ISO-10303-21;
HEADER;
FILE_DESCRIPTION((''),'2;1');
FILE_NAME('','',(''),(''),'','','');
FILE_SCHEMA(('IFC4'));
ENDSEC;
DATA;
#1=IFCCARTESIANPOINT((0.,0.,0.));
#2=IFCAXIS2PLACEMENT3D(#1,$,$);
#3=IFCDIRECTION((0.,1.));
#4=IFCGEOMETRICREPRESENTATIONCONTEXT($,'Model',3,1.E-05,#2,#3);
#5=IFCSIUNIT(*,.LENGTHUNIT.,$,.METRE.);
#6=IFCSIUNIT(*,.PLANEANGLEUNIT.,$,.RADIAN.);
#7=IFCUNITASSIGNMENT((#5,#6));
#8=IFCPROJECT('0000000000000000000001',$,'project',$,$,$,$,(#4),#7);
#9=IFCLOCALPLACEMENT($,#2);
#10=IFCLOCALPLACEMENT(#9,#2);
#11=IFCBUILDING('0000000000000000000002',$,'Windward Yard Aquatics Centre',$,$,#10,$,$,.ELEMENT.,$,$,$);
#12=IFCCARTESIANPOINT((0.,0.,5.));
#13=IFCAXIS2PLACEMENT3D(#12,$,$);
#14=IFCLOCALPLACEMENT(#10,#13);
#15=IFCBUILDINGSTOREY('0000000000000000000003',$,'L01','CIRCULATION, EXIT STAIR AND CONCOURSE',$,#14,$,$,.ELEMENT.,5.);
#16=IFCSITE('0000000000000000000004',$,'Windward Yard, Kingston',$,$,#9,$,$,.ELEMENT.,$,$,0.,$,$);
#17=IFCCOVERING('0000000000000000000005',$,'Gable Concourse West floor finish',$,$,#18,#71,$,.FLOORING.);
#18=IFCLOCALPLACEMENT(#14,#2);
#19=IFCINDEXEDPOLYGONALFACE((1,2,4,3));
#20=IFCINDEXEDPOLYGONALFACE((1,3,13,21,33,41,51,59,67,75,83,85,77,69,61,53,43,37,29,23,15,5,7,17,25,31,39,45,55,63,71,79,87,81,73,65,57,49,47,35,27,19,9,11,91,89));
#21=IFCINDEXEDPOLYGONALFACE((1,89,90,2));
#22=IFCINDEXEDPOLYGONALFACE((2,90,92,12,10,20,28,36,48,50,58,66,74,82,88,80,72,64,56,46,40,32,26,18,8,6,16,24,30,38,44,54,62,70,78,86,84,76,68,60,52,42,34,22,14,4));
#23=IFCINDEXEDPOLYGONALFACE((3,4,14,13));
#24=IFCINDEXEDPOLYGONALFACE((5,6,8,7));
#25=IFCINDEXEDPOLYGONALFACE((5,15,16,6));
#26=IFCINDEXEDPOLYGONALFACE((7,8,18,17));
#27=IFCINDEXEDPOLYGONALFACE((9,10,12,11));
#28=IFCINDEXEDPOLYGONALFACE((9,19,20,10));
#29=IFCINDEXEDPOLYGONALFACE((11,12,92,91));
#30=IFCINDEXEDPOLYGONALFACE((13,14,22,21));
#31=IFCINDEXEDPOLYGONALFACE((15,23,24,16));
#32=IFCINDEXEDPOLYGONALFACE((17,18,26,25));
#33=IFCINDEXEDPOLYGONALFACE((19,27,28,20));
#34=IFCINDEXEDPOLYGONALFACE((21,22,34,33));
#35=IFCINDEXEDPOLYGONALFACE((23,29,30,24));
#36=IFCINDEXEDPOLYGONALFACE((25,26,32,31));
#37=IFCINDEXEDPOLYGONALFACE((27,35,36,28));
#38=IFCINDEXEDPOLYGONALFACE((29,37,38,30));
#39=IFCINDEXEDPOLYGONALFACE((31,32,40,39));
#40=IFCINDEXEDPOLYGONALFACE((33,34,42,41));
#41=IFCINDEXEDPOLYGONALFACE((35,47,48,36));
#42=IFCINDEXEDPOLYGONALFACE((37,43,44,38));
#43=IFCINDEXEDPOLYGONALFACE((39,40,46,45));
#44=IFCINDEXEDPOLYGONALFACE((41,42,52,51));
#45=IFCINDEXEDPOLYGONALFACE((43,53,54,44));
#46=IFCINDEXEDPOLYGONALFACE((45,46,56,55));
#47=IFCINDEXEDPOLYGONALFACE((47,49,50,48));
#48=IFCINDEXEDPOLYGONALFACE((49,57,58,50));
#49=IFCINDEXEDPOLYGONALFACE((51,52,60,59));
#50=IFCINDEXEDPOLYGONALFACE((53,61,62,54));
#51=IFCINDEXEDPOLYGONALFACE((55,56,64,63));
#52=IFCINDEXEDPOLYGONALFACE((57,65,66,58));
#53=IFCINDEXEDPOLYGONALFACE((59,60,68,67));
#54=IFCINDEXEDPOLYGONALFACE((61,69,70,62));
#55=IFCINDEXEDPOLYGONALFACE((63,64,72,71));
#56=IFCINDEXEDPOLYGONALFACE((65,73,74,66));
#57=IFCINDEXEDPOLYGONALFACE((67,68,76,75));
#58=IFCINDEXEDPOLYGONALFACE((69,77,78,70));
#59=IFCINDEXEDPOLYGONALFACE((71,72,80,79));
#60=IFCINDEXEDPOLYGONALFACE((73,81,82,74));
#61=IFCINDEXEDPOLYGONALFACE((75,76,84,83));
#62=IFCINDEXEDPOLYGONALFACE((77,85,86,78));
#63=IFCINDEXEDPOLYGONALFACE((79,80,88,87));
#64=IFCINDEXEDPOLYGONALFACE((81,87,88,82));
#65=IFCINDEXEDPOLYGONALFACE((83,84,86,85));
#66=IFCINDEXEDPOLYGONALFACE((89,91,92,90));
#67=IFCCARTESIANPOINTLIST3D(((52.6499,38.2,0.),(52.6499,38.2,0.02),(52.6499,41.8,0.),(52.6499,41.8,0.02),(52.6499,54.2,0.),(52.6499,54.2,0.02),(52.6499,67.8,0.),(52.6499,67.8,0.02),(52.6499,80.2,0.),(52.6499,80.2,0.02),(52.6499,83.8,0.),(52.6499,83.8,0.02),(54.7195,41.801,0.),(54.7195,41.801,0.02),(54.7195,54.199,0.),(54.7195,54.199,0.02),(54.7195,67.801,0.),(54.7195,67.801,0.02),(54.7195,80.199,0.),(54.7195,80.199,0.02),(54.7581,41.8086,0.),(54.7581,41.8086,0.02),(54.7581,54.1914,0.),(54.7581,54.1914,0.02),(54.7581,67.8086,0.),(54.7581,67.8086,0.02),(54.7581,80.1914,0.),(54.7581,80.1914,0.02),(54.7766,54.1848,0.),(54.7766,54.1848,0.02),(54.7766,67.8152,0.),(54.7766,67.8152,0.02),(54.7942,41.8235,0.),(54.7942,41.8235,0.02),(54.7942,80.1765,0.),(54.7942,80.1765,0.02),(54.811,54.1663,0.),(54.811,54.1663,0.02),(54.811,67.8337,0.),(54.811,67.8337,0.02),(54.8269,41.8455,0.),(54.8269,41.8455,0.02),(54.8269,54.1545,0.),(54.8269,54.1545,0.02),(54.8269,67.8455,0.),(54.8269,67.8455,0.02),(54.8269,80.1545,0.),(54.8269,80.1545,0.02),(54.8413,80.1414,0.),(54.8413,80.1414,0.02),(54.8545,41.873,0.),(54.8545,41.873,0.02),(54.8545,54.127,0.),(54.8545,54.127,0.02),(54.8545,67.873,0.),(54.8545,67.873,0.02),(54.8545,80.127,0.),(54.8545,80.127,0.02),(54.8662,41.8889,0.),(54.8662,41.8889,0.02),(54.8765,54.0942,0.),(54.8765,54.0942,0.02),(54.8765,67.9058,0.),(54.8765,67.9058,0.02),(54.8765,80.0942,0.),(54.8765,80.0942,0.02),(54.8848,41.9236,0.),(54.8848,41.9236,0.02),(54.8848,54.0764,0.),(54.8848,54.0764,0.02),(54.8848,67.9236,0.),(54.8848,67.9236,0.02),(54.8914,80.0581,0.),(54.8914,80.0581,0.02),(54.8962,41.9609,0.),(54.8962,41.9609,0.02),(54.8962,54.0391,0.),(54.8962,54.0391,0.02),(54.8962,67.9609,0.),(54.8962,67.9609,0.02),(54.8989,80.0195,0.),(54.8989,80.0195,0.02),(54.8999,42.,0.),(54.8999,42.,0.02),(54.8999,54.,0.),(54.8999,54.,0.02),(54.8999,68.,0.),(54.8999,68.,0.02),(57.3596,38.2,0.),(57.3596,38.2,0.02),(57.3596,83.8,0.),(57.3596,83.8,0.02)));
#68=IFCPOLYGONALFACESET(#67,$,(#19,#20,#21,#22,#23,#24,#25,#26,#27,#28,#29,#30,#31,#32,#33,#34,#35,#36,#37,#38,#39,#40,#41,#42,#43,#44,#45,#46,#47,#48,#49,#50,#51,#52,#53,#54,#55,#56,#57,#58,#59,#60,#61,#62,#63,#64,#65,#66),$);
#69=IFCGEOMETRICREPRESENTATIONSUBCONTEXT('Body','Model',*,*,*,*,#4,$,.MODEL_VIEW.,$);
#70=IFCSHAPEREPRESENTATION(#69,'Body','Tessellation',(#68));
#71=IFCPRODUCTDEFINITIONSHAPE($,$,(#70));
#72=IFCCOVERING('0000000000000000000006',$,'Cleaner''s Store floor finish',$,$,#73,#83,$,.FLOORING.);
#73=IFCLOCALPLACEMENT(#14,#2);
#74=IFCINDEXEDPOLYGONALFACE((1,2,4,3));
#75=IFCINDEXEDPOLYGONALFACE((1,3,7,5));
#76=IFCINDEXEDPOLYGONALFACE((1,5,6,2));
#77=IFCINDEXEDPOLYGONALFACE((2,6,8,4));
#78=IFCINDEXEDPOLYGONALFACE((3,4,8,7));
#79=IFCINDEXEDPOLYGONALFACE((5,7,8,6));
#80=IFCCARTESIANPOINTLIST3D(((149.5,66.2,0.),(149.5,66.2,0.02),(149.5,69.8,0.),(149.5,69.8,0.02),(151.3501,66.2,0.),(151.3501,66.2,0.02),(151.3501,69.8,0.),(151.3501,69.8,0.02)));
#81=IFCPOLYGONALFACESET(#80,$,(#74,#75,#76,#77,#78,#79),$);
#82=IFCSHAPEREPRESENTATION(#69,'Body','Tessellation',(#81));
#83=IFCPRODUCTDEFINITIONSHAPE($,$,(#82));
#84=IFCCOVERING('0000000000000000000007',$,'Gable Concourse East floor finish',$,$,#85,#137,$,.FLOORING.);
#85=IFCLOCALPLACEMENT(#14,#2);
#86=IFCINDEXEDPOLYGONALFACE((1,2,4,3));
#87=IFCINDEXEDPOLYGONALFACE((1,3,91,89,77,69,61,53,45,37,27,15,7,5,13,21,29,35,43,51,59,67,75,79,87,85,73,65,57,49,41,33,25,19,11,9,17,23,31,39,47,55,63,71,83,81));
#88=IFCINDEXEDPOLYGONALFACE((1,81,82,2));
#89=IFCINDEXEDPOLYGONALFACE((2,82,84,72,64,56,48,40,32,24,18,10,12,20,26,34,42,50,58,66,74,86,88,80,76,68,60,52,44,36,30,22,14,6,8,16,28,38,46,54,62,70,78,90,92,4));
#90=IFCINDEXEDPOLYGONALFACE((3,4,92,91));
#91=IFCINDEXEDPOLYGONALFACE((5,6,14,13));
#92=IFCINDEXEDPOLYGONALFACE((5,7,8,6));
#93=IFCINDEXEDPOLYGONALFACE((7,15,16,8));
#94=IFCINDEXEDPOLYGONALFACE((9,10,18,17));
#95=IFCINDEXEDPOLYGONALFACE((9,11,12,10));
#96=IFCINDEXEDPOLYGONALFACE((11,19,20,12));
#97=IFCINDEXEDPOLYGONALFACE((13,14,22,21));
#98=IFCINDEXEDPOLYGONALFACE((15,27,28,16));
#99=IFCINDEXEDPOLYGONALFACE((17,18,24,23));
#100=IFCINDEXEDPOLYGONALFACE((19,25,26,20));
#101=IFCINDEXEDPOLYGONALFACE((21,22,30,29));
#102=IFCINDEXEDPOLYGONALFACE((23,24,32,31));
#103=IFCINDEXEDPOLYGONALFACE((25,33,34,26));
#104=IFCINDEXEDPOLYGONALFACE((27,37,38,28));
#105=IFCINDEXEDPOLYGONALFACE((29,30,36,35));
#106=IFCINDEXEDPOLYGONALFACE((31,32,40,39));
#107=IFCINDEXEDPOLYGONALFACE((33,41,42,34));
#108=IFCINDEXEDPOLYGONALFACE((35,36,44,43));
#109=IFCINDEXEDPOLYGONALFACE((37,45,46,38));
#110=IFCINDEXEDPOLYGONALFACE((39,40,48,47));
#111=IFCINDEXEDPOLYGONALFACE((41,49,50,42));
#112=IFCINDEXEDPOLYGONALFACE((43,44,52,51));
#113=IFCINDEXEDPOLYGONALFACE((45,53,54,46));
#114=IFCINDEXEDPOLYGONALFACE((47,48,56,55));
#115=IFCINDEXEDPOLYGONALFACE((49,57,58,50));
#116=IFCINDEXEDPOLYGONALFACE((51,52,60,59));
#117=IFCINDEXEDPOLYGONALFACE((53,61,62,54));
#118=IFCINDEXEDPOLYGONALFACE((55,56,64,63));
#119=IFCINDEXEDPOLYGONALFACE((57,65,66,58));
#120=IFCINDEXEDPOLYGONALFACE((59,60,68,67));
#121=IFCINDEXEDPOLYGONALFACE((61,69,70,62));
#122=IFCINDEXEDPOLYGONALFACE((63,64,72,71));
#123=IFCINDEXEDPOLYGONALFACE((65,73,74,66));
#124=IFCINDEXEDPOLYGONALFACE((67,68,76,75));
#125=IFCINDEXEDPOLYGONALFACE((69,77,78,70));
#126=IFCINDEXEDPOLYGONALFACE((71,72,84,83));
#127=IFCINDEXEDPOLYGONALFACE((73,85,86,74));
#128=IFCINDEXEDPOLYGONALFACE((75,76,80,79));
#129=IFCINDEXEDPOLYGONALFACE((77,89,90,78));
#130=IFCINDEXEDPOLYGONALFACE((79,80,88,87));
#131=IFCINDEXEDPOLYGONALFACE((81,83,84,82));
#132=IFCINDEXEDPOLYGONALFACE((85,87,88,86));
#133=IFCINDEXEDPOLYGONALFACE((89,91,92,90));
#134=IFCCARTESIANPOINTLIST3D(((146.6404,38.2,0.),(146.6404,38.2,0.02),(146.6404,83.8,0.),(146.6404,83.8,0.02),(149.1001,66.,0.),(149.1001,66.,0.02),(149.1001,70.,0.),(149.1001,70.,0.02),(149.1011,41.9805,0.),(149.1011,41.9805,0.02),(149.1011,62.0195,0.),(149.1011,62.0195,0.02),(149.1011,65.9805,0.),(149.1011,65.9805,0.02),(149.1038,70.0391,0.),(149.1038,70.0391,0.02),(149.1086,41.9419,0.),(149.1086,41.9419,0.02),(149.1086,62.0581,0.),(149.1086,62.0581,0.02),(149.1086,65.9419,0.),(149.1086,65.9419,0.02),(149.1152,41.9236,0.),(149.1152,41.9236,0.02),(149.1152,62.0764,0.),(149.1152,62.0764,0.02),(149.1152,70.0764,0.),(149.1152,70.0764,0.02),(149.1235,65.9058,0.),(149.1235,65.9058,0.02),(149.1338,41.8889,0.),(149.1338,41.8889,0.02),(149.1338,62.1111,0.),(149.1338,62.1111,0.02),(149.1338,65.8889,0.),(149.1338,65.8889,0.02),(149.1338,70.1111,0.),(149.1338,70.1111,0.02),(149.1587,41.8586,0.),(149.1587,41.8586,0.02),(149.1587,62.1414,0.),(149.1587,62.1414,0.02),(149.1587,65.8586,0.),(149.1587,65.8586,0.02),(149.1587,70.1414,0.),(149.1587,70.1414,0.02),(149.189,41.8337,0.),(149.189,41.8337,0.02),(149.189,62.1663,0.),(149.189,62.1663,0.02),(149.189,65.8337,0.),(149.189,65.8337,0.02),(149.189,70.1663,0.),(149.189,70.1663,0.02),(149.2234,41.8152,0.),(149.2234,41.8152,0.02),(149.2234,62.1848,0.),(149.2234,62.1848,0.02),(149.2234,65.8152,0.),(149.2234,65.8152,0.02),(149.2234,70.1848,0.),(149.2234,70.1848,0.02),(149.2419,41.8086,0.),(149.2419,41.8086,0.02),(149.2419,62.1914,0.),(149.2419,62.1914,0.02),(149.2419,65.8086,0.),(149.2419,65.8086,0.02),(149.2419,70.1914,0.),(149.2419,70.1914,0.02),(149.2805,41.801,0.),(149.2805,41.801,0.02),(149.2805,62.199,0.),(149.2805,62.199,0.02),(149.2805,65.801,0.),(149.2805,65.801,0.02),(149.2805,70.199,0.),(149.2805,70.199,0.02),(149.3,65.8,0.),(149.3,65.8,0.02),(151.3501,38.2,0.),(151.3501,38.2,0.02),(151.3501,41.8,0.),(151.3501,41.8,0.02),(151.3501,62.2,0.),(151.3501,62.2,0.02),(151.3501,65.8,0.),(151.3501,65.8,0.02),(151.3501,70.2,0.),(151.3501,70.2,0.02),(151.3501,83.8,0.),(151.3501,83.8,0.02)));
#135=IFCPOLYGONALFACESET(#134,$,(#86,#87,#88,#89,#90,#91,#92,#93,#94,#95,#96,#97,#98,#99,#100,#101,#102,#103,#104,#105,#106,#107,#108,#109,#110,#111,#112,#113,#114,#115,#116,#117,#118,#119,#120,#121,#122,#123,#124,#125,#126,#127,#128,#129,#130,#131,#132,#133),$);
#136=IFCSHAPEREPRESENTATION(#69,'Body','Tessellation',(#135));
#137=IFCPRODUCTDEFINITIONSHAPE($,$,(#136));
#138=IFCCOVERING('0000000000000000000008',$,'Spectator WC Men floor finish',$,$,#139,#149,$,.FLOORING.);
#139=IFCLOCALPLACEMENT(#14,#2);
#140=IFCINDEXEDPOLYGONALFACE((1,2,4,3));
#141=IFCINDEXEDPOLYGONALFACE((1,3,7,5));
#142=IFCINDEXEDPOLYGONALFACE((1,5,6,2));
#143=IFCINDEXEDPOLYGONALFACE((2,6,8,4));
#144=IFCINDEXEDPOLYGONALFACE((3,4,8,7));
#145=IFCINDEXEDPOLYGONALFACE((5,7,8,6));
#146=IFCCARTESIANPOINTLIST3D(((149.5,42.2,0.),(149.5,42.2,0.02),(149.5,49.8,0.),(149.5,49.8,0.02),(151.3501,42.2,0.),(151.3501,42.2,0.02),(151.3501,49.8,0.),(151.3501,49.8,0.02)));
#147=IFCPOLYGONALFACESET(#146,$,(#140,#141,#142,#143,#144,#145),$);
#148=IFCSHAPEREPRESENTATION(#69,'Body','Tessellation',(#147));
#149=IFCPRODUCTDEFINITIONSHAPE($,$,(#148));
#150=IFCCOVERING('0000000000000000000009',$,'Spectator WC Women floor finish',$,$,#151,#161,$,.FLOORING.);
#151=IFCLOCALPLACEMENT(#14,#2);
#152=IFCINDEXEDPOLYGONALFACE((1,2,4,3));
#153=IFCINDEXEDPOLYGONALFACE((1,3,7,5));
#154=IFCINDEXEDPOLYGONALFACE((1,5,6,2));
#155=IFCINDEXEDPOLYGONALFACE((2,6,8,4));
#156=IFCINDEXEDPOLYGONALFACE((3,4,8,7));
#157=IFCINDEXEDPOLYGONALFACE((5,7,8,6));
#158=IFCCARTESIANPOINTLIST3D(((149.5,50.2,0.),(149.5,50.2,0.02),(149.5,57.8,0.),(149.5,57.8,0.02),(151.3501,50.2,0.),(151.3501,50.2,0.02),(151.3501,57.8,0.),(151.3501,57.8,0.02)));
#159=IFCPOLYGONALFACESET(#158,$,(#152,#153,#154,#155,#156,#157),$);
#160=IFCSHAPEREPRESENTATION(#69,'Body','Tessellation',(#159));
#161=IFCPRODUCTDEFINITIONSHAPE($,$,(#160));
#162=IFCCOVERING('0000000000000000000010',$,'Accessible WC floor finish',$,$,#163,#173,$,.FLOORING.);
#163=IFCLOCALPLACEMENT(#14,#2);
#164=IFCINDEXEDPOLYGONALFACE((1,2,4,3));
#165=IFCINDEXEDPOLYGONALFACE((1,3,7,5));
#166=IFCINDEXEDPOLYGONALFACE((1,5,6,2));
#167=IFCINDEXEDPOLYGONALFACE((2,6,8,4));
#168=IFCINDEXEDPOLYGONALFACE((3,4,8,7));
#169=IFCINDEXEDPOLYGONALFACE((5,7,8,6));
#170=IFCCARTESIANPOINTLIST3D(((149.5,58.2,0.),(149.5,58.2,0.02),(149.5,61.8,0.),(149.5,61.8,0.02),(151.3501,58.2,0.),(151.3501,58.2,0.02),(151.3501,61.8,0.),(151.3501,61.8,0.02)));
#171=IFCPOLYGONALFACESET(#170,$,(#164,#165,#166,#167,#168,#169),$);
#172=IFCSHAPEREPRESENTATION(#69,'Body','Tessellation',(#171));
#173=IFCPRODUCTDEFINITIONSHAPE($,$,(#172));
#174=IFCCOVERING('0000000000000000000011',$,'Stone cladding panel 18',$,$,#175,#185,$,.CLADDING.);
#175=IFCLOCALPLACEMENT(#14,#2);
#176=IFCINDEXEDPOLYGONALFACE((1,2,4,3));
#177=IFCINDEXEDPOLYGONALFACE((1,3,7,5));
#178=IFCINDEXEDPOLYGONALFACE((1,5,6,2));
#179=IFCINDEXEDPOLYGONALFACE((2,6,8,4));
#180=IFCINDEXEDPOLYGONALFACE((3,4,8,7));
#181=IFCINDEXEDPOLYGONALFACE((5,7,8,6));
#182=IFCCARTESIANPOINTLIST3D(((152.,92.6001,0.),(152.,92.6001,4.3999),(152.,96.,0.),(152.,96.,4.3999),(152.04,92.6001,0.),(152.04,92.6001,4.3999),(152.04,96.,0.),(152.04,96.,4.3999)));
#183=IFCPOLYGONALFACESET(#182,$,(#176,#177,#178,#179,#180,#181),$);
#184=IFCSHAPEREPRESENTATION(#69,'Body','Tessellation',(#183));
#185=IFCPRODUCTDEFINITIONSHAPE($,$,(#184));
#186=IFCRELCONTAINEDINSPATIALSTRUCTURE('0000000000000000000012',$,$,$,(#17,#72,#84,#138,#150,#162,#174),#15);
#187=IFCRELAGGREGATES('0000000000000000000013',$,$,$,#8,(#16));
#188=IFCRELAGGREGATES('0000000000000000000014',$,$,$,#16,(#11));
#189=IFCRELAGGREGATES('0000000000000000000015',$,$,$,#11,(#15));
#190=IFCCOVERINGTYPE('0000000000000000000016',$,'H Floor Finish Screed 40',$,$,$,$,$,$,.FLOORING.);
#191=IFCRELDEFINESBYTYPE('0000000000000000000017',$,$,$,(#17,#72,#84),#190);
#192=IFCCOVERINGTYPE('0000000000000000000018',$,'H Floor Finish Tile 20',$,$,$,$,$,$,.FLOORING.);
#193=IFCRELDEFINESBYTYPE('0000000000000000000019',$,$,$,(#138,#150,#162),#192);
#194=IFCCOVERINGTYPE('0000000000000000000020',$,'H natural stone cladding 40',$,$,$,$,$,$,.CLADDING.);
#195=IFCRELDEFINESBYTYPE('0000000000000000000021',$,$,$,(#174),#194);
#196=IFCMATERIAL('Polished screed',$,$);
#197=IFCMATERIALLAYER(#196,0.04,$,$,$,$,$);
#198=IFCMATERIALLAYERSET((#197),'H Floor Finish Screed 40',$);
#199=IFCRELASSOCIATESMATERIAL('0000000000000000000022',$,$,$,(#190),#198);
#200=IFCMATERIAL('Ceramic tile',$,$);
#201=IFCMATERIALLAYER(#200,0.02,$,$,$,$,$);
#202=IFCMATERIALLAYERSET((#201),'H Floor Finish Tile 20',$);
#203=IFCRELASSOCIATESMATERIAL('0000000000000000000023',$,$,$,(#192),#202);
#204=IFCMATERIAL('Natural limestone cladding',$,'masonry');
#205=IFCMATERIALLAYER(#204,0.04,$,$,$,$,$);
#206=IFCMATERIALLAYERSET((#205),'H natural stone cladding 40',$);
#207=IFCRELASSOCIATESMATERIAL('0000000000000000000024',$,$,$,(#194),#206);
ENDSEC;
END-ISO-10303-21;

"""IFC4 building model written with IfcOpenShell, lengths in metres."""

from ifc_helpers import new_model, si_unit, direction, frame, origin, place, context, subcontext, project, spatial, polyline, outline, extrude, material, layer, layer_set, type_object, element, save


model = new_model("IFC4")

# Units and contexts
model_context = context("Model", 3, precision=1e-05, world=origin(), true_north=direction((0.0, 1.0)))
body_context = subcontext(model_context, "Body", "Model", "MODEL_VIEW")
ifc_project = project(units=[si_unit("LENGTHUNIT", "METRE"), si_unit("PLANEANGLEUNIT", "RADIAN")], contexts=[model_context])

# Site, building, storey
site_placement = place(None, origin())
site = spatial("IfcSite", under=ifc_project, at=site_placement, Name="Windward Yard, Kingston", CompositionType="ELEMENT", RefElevation=0.0)
building_placement = place(site_placement, origin())
building = spatial("IfcBuilding", under=site, at=building_placement, Name="Windward Yard Aquatics Centre", CompositionType="ELEMENT")
storey_placement = place(building_placement, frame((0.0, 0.0, 5.0)))
storey = spatial("IfcBuildingStorey", under=building, at=storey_placement, Name="L01", Description="CIRCULATION, EXIT STAIR AND CONCOURSE", CompositionType="ELEMENT", Elevation=5.0)

# Coverings
ifc_material_1 = material(Name="Polished screed")
ifc_layer_1 = layer(ifc_material_1, 0.04)
ifc_layer_set_1 = layer_set([ifc_layer_1], Name="H Floor Finish Screed 40")
covering_type_1 = type_object("IfcCoveringType", Name="H Floor Finish Screed 40", PredefinedType="FLOORING", material=ifc_layer_set_1)
covering_1_placement = place(storey_placement, origin())
element("IfcCovering", 1, at=covering_1_placement, inside=storey, type_object=covering_type_1, Name="Gable Concourse West floor finish", PredefinedType="FLOORING", context=body_context, shape_type="SweptSolid", body=[
    extrude(outline(polyline([(52.6499, 38.2), (52.6499, 41.8), (54.7195, 41.801), (54.7581, 41.8086), (54.7942, 41.8235), (54.8269, 41.8455), (54.8545, 41.873), (54.8662, 41.8889), (54.8848, 41.9236), (54.8962, 41.9609), (54.8999, 42.0), (54.8999, 54.0), (54.8962, 54.0391), (54.8848, 54.0764), (54.8765, 54.0942), (54.8545, 54.127), (54.8269, 54.1545), (54.811, 54.1663), (54.7766, 54.1848), (54.7581, 54.1914), (54.7195, 54.199), (52.6499, 54.2), (52.6499, 67.8), (54.7195, 67.801), (54.7581, 67.8086), (54.7766, 67.8152), (54.811, 67.8337), (54.8269, 67.8455), (54.8545, 67.873), (54.8765, 67.9058), (54.8848, 67.9236), (54.8962, 67.9609), (54.8999, 68.0), (54.8989, 80.0195), (54.8914, 80.0581), (54.8765, 80.0942), (54.8545, 80.127), (54.8413, 80.1414), (54.8269, 80.1545), (54.7942, 80.1765), (54.7581, 80.1914), (54.7195, 80.199), (52.6499, 80.2), (52.6499, 83.8), (57.3596, 83.8), (57.3596, 38.2), (52.6499, 38.2)])), origin(), (0.0, 0.0, 1.0), 0.02),
])
covering_2_placement = place(storey_placement, origin())
element("IfcCovering", 2, at=covering_2_placement, inside=storey, type_object=covering_type_1, Name="Cleaner's Store floor finish", PredefinedType="FLOORING", context=body_context, shape_type="SweptSolid", body=[
    extrude(outline(polyline([(149.5, 66.2), (149.5, 69.8), (151.3501, 69.8), (151.3501, 66.2), (149.5, 66.2)])), origin(), (0.0, 0.0, 1.0), 0.02),
])
covering_3_placement = place(storey_placement, origin())
element("IfcCovering", 3, at=covering_3_placement, inside=storey, type_object=covering_type_1, Name="Gable Concourse East floor finish", PredefinedType="FLOORING", context=body_context, shape_type="SweptSolid", body=[
    extrude(outline(polyline([(146.6404, 38.2), (146.6404, 83.8), (151.3501, 83.8), (151.3501, 70.2), (149.2805, 70.199), (149.2419, 70.1914), (149.2234, 70.1848), (149.189, 70.1663), (149.1587, 70.1414), (149.1338, 70.1111), (149.1152, 70.0764), (149.1038, 70.0391), (149.1001, 70.0), (149.1001, 66.0), (149.1011, 65.9805), (149.1086, 65.9419), (149.1235, 65.9058), (149.1338, 65.8889), (149.1587, 65.8586), (149.189, 65.8337), (149.2234, 65.8152), (149.2419, 65.8086), (149.2805, 65.801), (149.3, 65.8), (151.3501, 65.8), (151.3501, 62.2), (149.2805, 62.199), (149.2419, 62.1914), (149.2234, 62.1848), (149.189, 62.1663), (149.1587, 62.1414), (149.1338, 62.1111), (149.1152, 62.0764), (149.1086, 62.0581), (149.1011, 62.0195), (149.1011, 41.9805), (149.1086, 41.9419), (149.1152, 41.9236), (149.1338, 41.8889), (149.1587, 41.8586), (149.189, 41.8337), (149.2234, 41.8152), (149.2419, 41.8086), (149.2805, 41.801), (151.3501, 41.8), (151.3501, 38.2), (146.6404, 38.2)])), origin(), (0.0, 0.0, 1.0), 0.02),
])
ifc_material_2 = material(Name="Ceramic tile")
ifc_layer_2 = layer(ifc_material_2, 0.02)
ifc_layer_set_2 = layer_set([ifc_layer_2], Name="H Floor Finish Tile 20")
covering_type_2 = type_object("IfcCoveringType", Name="H Floor Finish Tile 20", PredefinedType="FLOORING", material=ifc_layer_set_2)
covering_4_placement = place(storey_placement, origin())
element("IfcCovering", 4, at=covering_4_placement, inside=storey, type_object=covering_type_2, Name="Spectator WC Men floor finish", PredefinedType="FLOORING", context=body_context, shape_type="SweptSolid", body=[
    extrude(outline(polyline([(149.5, 42.2), (149.5, 49.8), (151.3501, 49.8), (151.3501, 42.2), (149.5, 42.2)])), origin(), (0.0, 0.0, 1.0), 0.02),
])
covering_5_placement = place(storey_placement, origin())
element("IfcCovering", 5, at=covering_5_placement, inside=storey, type_object=covering_type_2, Name="Spectator WC Women floor finish", PredefinedType="FLOORING", context=body_context, shape_type="SweptSolid", body=[
    extrude(outline(polyline([(149.5, 50.2), (149.5, 57.8), (151.3501, 57.8), (151.3501, 50.2), (149.5, 50.2)])), origin(), (0.0, 0.0, 1.0), 0.02),
])
covering_6_placement = place(storey_placement, origin())
element("IfcCovering", 6, at=covering_6_placement, inside=storey, type_object=covering_type_2, Name="Accessible WC floor finish", PredefinedType="FLOORING", context=body_context, shape_type="SweptSolid", body=[
    extrude(outline(polyline([(149.5, 58.2), (149.5, 61.8), (151.3501, 61.8), (151.3501, 58.2), (149.5, 58.2)])), origin(), (0.0, 0.0, 1.0), 0.02),
])
ifc_material_3 = material(Name="Natural limestone cladding", Category="masonry")
ifc_layer_3 = layer(ifc_material_3, 0.04)
ifc_layer_set_3 = layer_set([ifc_layer_3], Name="H natural stone cladding 40")
covering_type_3 = type_object("IfcCoveringType", Name="H natural stone cladding 40", PredefinedType="CLADDING", material=ifc_layer_set_3)
covering_7_placement = place(storey_placement, origin())
element("IfcCovering", 7, at=covering_7_placement, inside=storey, type_object=covering_type_3, Name="Stone cladding panel 18", PredefinedType="CLADDING", context=body_context, shape_type="SweptSolid", body=[
    extrude(outline(polyline([(152.0, 92.6001), (152.04, 92.6001), (152.04, 96.0), (152.0, 96.0), (152.0, 92.6001)])), origin(), (0.0, 0.0, 1.0), 4.3999),
])

save(model, "model.ifc")
